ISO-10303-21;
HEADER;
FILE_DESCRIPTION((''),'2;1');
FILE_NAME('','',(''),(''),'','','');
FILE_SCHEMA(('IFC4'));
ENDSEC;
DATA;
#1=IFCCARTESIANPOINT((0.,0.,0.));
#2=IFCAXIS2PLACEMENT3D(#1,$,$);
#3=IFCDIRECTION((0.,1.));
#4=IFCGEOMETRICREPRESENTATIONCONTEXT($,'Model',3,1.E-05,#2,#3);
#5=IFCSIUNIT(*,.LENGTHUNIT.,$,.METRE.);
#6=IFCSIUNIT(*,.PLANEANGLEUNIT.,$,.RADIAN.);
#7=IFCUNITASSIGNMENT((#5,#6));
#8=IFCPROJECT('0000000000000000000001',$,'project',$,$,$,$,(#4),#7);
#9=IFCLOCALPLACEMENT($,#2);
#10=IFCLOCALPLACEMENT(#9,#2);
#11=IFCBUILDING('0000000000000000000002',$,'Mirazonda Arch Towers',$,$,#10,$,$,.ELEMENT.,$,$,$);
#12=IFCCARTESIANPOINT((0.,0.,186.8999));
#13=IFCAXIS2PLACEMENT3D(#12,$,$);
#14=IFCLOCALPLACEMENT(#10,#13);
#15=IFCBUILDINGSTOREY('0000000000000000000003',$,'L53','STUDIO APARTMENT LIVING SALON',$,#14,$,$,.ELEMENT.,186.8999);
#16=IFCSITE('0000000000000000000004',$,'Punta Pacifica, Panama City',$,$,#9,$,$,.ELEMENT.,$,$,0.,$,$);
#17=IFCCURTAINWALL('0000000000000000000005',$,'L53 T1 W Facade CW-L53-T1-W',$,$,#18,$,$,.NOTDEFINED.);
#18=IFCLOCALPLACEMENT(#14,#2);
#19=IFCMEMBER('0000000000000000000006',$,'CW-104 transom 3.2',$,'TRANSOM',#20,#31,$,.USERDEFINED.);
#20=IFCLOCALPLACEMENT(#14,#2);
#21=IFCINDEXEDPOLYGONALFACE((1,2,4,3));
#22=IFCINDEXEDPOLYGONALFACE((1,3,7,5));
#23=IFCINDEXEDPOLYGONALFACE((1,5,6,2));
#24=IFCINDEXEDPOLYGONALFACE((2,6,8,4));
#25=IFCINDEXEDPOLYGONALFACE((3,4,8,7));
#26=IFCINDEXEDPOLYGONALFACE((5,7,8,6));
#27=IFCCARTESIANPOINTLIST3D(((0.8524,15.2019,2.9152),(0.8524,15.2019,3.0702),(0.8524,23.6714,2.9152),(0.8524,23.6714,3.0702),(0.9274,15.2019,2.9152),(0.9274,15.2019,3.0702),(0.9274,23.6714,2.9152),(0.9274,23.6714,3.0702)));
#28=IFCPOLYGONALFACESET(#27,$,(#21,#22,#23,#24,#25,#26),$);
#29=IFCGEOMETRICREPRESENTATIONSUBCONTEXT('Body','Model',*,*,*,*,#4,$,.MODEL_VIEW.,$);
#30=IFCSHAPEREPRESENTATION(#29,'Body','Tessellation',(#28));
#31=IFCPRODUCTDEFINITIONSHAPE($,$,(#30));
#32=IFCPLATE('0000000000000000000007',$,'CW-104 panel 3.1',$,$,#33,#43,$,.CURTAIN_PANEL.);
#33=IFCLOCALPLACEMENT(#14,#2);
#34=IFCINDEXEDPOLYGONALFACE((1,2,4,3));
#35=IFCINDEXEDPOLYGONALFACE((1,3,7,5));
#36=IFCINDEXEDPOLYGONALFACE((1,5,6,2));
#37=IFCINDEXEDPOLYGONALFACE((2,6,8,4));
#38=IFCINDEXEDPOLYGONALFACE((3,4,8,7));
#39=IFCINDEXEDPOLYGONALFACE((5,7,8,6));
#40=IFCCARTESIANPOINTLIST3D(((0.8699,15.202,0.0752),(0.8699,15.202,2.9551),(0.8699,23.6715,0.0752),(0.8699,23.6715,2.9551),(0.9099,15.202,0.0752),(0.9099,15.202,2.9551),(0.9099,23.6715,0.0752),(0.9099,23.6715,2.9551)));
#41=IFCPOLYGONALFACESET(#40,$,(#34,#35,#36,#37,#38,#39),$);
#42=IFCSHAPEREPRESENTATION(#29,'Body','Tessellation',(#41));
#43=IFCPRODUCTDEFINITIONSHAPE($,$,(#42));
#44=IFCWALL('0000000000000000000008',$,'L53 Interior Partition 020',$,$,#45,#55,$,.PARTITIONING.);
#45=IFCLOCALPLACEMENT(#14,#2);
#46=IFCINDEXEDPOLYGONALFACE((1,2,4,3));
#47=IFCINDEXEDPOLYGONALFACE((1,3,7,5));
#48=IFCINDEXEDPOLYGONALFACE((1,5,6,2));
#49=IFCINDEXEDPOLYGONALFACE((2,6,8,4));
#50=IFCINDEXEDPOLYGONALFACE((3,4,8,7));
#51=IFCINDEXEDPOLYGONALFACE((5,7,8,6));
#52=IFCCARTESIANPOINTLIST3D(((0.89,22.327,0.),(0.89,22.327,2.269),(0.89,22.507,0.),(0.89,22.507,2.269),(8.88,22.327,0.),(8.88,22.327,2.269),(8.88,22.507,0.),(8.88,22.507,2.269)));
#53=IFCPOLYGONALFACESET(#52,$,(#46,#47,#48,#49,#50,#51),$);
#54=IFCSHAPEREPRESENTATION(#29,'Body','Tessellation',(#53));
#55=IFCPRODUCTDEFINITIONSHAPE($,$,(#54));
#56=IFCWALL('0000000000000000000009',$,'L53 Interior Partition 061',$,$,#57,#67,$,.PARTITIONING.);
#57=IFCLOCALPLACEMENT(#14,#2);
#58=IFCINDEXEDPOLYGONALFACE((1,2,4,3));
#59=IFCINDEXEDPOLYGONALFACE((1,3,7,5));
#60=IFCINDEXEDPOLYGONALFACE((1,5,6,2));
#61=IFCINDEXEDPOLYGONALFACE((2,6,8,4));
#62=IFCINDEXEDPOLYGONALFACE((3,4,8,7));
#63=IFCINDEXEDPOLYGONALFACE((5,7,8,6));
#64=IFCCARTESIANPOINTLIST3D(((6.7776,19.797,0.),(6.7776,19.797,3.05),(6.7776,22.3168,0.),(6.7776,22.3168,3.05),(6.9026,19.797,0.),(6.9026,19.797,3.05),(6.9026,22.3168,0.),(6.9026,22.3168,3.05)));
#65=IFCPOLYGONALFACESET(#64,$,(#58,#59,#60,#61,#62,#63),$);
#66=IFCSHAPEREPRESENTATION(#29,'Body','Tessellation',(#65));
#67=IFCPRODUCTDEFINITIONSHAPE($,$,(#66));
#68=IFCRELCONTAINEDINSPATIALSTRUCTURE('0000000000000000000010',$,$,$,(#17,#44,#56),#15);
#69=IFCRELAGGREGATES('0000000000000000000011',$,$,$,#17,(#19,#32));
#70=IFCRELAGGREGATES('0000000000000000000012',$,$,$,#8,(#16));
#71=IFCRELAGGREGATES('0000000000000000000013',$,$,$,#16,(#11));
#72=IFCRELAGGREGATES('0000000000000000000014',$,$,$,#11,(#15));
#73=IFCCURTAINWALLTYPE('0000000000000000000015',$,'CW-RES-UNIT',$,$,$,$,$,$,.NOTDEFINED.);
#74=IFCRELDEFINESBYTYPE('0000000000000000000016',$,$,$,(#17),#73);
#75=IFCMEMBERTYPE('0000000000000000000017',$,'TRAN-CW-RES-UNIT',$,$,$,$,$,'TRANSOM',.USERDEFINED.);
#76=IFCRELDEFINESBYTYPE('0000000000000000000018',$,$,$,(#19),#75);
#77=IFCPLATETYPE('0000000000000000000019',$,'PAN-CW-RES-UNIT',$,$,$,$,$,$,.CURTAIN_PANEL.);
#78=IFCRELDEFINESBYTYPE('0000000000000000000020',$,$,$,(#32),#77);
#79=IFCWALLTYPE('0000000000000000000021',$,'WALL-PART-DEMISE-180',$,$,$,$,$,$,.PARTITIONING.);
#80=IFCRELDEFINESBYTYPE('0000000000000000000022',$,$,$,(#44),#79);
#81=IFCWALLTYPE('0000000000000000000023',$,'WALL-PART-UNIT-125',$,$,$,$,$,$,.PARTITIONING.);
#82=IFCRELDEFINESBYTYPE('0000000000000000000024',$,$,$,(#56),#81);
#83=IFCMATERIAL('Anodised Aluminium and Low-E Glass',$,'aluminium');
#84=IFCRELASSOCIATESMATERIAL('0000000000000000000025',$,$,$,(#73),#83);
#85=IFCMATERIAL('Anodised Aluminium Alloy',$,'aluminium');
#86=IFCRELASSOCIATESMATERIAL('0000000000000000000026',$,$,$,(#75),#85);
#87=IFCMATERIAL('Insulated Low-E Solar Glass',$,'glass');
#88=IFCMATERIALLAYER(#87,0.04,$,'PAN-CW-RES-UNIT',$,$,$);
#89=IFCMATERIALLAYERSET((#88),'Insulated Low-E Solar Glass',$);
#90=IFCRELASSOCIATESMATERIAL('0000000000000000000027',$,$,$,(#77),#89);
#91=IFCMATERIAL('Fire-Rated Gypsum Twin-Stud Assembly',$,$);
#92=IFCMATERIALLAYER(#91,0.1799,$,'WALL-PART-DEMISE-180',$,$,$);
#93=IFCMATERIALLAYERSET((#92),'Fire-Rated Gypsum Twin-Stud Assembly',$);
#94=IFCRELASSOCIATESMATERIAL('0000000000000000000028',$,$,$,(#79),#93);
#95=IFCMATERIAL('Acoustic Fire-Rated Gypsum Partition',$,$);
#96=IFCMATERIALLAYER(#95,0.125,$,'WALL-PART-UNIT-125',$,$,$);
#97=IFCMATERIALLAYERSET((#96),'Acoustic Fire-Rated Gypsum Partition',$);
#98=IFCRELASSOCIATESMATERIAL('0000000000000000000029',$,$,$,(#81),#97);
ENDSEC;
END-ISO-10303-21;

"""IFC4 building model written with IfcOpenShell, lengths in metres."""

from ifc_helpers import new_model, si_unit, direction, frame, frame_2d, origin, origin_2d, place, context, subcontext, project, spatial, rectangle, extrude, material, layer, layer_set, material_profile, profile_set, type_object, element, aggregate, save


model = new_model("IFC4")

# Units and contexts
model_context = context("Model", 3, precision=1e-05, world=origin(), true_north=direction((0.0, 1.0)))
body_context = subcontext(model_context, "Body", "Model", "MODEL_VIEW")
ifc_project = project(units=[si_unit("LENGTHUNIT", "METRE"), si_unit("PLANEANGLEUNIT", "RADIAN")], contexts=[model_context])

# Site, building, storey
site_placement = place(None, origin())
site = spatial("IfcSite", under=ifc_project, at=site_placement, Name="Punta Pacifica, Panama City", CompositionType="ELEMENT", RefElevation=0.0)
building_placement = place(site_placement, origin())
building = spatial("IfcBuilding", under=site, at=building_placement, Name="Mirazonda Arch Towers", CompositionType="ELEMENT")
storey_placement = place(building_placement, frame((0.0, 0.0, 186.8999)))
storey = spatial("IfcBuildingStorey", under=building, at=storey_placement, Name="L53", Description="STUDIO APARTMENT LIVING SALON", CompositionType="ELEMENT", Elevation=186.8999)

# Curtain wall, member, plate
ifc_material_1 = material(Name="Anodised Aluminium and Low-E Glass", Category="aluminium")
curtain_wall_type = type_object("IfcCurtainWallType", Name="CW-RES-UNIT", PredefinedType="NOTDEFINED", material=ifc_material_1)
curtain_wall_placement = place(storey_placement, origin())
curtain_wall = element("IfcCurtainWall", 1, at=curtain_wall_placement, inside=storey, type_object=curtain_wall_type, Name="L53 T1 W Facade CW-L53-T1-W", PredefinedType="NOTDEFINED")
ifc_material_2 = material(Name="Anodised Aluminium Alloy", Category="aluminium")
ifc_material_profile_1 = material_profile(ifc_material_2, rectangle(XDim=0.075, YDim=0.155, at=origin_2d()), Name="ALU-TRAN-75x155")
ifc_profile_set_1 = profile_set([ifc_material_profile_1], Name="Anodised Aluminium Alloy")
member_type_1 = type_object("IfcMemberType", Name="TRAN-CW-RES-UNIT", ElementType="TRANSOM", PredefinedType="USERDEFINED", material=ifc_profile_set_1)
member_1_placement = place(storey_placement, frame((0.8899, 23.6714, 2.9927), z_axis=(0.0, -1.0, 0.0), x_axis=(1.0, 0.0, 0.0)))
member_1 = element("IfcMember", 2, at=member_1_placement, type_object=member_type_1, Name="CW-104 transom 3.2", ObjectType="TRANSOM", PredefinedType="USERDEFINED", context=body_context, shape_type="SweptSolid", body=[
    extrude(rectangle(XDim=0.075, YDim=0.155, at=origin_2d()), origin(), (0.0, 0.0, 1.0), 8.4695),
])
ifc_material_3 = material(Name="Insulated Low-E Solar Glass", Category="glass")
ifc_layer_1 = layer(ifc_material_3, 0.04, Name="PAN-CW-RES-UNIT")
ifc_layer_set_1 = layer_set([ifc_layer_1], Name="Insulated Low-E Solar Glass")
plate_type = type_object("IfcPlateType", Name="PAN-CW-RES-UNIT", PredefinedType="CURTAIN_PANEL", material=ifc_layer_set_1)
plate_placement = place(storey_placement, frame((0.8899, 19.4368, 0.0752), z_axis=(0.0, 0.0, 1.0), x_axis=(0.0, -1.0, 0.0)))
plate = element("IfcPlate", 3, at=plate_placement, type_object=plate_type, Name="CW-104 panel 3.1", PredefinedType="CURTAIN_PANEL", context=body_context, shape_type="SweptSolid", body=[
    extrude(rectangle(XDim=8.4695, YDim=0.04, at=origin_2d()), origin(), (0.0, 0.0, 1.0), 2.8799),
])
aggregate(curtain_wall, [member_1, plate])

# Shared definitions
ifc_material_4 = material(Name="Fire-Rated Gypsum Twin-Stud Assembly")
ifc_layer_2 = layer(ifc_material_4, 0.1799, Name="WALL-PART-DEMISE-180")
ifc_layer_set_2 = layer_set([ifc_layer_2], Name="Fire-Rated Gypsum Twin-Stud Assembly")
wall_type_1 = type_object("IfcWallType", Name="WALL-PART-DEMISE-180", PredefinedType="PARTITIONING", material=ifc_layer_set_2)

# Walls
wall_1_placement = place(storey_placement, frame((0.8899, 22.417, 0.0), z_axis=(0.0, 0.0, 1.0), x_axis=(1.0, 0.0, 0.0)))
element("IfcWall", 4, at=wall_1_placement, inside=storey, type_object=wall_type_1, Name="L53 Interior Partition 020", PredefinedType="PARTITIONING", context=body_context, shape_type="SweptSolid", body=[
    extrude(rectangle(XDim=7.99, YDim=0.1799, at=frame_2d((3.9951, 0.0))), origin(), (0.0, 0.0, 1.0), 2.269),
])
ifc_material_5 = material(Name="Acoustic Fire-Rated Gypsum Partition")
ifc_layer_3 = layer(ifc_material_5, 0.125, Name="WALL-PART-UNIT-125")
ifc_layer_set_3 = layer_set([ifc_layer_3], Name="Acoustic Fire-Rated Gypsum Partition")
wall_type_2 = type_object("IfcWallType", Name="WALL-PART-UNIT-125", PredefinedType="PARTITIONING", material=ifc_layer_set_3)
wall_2_placement = place(storey_placement, frame((6.8401, 19.7971, 0.0), z_axis=(0.0, 0.0, 1.0), x_axis=(0.0, 1.0, 0.0)))
element("IfcWall", 5, at=wall_2_placement, inside=storey, type_object=wall_type_2, Name="L53 Interior Partition 061", PredefinedType="PARTITIONING", context=body_context, shape_type="SweptSolid", body=[
    extrude(rectangle(XDim=2.5198, YDim=0.125, at=frame_2d((1.2598, 0.0))), origin(), (0.0, 0.0, 1.0), 3.05),
])

save(model, "model.ifc")
